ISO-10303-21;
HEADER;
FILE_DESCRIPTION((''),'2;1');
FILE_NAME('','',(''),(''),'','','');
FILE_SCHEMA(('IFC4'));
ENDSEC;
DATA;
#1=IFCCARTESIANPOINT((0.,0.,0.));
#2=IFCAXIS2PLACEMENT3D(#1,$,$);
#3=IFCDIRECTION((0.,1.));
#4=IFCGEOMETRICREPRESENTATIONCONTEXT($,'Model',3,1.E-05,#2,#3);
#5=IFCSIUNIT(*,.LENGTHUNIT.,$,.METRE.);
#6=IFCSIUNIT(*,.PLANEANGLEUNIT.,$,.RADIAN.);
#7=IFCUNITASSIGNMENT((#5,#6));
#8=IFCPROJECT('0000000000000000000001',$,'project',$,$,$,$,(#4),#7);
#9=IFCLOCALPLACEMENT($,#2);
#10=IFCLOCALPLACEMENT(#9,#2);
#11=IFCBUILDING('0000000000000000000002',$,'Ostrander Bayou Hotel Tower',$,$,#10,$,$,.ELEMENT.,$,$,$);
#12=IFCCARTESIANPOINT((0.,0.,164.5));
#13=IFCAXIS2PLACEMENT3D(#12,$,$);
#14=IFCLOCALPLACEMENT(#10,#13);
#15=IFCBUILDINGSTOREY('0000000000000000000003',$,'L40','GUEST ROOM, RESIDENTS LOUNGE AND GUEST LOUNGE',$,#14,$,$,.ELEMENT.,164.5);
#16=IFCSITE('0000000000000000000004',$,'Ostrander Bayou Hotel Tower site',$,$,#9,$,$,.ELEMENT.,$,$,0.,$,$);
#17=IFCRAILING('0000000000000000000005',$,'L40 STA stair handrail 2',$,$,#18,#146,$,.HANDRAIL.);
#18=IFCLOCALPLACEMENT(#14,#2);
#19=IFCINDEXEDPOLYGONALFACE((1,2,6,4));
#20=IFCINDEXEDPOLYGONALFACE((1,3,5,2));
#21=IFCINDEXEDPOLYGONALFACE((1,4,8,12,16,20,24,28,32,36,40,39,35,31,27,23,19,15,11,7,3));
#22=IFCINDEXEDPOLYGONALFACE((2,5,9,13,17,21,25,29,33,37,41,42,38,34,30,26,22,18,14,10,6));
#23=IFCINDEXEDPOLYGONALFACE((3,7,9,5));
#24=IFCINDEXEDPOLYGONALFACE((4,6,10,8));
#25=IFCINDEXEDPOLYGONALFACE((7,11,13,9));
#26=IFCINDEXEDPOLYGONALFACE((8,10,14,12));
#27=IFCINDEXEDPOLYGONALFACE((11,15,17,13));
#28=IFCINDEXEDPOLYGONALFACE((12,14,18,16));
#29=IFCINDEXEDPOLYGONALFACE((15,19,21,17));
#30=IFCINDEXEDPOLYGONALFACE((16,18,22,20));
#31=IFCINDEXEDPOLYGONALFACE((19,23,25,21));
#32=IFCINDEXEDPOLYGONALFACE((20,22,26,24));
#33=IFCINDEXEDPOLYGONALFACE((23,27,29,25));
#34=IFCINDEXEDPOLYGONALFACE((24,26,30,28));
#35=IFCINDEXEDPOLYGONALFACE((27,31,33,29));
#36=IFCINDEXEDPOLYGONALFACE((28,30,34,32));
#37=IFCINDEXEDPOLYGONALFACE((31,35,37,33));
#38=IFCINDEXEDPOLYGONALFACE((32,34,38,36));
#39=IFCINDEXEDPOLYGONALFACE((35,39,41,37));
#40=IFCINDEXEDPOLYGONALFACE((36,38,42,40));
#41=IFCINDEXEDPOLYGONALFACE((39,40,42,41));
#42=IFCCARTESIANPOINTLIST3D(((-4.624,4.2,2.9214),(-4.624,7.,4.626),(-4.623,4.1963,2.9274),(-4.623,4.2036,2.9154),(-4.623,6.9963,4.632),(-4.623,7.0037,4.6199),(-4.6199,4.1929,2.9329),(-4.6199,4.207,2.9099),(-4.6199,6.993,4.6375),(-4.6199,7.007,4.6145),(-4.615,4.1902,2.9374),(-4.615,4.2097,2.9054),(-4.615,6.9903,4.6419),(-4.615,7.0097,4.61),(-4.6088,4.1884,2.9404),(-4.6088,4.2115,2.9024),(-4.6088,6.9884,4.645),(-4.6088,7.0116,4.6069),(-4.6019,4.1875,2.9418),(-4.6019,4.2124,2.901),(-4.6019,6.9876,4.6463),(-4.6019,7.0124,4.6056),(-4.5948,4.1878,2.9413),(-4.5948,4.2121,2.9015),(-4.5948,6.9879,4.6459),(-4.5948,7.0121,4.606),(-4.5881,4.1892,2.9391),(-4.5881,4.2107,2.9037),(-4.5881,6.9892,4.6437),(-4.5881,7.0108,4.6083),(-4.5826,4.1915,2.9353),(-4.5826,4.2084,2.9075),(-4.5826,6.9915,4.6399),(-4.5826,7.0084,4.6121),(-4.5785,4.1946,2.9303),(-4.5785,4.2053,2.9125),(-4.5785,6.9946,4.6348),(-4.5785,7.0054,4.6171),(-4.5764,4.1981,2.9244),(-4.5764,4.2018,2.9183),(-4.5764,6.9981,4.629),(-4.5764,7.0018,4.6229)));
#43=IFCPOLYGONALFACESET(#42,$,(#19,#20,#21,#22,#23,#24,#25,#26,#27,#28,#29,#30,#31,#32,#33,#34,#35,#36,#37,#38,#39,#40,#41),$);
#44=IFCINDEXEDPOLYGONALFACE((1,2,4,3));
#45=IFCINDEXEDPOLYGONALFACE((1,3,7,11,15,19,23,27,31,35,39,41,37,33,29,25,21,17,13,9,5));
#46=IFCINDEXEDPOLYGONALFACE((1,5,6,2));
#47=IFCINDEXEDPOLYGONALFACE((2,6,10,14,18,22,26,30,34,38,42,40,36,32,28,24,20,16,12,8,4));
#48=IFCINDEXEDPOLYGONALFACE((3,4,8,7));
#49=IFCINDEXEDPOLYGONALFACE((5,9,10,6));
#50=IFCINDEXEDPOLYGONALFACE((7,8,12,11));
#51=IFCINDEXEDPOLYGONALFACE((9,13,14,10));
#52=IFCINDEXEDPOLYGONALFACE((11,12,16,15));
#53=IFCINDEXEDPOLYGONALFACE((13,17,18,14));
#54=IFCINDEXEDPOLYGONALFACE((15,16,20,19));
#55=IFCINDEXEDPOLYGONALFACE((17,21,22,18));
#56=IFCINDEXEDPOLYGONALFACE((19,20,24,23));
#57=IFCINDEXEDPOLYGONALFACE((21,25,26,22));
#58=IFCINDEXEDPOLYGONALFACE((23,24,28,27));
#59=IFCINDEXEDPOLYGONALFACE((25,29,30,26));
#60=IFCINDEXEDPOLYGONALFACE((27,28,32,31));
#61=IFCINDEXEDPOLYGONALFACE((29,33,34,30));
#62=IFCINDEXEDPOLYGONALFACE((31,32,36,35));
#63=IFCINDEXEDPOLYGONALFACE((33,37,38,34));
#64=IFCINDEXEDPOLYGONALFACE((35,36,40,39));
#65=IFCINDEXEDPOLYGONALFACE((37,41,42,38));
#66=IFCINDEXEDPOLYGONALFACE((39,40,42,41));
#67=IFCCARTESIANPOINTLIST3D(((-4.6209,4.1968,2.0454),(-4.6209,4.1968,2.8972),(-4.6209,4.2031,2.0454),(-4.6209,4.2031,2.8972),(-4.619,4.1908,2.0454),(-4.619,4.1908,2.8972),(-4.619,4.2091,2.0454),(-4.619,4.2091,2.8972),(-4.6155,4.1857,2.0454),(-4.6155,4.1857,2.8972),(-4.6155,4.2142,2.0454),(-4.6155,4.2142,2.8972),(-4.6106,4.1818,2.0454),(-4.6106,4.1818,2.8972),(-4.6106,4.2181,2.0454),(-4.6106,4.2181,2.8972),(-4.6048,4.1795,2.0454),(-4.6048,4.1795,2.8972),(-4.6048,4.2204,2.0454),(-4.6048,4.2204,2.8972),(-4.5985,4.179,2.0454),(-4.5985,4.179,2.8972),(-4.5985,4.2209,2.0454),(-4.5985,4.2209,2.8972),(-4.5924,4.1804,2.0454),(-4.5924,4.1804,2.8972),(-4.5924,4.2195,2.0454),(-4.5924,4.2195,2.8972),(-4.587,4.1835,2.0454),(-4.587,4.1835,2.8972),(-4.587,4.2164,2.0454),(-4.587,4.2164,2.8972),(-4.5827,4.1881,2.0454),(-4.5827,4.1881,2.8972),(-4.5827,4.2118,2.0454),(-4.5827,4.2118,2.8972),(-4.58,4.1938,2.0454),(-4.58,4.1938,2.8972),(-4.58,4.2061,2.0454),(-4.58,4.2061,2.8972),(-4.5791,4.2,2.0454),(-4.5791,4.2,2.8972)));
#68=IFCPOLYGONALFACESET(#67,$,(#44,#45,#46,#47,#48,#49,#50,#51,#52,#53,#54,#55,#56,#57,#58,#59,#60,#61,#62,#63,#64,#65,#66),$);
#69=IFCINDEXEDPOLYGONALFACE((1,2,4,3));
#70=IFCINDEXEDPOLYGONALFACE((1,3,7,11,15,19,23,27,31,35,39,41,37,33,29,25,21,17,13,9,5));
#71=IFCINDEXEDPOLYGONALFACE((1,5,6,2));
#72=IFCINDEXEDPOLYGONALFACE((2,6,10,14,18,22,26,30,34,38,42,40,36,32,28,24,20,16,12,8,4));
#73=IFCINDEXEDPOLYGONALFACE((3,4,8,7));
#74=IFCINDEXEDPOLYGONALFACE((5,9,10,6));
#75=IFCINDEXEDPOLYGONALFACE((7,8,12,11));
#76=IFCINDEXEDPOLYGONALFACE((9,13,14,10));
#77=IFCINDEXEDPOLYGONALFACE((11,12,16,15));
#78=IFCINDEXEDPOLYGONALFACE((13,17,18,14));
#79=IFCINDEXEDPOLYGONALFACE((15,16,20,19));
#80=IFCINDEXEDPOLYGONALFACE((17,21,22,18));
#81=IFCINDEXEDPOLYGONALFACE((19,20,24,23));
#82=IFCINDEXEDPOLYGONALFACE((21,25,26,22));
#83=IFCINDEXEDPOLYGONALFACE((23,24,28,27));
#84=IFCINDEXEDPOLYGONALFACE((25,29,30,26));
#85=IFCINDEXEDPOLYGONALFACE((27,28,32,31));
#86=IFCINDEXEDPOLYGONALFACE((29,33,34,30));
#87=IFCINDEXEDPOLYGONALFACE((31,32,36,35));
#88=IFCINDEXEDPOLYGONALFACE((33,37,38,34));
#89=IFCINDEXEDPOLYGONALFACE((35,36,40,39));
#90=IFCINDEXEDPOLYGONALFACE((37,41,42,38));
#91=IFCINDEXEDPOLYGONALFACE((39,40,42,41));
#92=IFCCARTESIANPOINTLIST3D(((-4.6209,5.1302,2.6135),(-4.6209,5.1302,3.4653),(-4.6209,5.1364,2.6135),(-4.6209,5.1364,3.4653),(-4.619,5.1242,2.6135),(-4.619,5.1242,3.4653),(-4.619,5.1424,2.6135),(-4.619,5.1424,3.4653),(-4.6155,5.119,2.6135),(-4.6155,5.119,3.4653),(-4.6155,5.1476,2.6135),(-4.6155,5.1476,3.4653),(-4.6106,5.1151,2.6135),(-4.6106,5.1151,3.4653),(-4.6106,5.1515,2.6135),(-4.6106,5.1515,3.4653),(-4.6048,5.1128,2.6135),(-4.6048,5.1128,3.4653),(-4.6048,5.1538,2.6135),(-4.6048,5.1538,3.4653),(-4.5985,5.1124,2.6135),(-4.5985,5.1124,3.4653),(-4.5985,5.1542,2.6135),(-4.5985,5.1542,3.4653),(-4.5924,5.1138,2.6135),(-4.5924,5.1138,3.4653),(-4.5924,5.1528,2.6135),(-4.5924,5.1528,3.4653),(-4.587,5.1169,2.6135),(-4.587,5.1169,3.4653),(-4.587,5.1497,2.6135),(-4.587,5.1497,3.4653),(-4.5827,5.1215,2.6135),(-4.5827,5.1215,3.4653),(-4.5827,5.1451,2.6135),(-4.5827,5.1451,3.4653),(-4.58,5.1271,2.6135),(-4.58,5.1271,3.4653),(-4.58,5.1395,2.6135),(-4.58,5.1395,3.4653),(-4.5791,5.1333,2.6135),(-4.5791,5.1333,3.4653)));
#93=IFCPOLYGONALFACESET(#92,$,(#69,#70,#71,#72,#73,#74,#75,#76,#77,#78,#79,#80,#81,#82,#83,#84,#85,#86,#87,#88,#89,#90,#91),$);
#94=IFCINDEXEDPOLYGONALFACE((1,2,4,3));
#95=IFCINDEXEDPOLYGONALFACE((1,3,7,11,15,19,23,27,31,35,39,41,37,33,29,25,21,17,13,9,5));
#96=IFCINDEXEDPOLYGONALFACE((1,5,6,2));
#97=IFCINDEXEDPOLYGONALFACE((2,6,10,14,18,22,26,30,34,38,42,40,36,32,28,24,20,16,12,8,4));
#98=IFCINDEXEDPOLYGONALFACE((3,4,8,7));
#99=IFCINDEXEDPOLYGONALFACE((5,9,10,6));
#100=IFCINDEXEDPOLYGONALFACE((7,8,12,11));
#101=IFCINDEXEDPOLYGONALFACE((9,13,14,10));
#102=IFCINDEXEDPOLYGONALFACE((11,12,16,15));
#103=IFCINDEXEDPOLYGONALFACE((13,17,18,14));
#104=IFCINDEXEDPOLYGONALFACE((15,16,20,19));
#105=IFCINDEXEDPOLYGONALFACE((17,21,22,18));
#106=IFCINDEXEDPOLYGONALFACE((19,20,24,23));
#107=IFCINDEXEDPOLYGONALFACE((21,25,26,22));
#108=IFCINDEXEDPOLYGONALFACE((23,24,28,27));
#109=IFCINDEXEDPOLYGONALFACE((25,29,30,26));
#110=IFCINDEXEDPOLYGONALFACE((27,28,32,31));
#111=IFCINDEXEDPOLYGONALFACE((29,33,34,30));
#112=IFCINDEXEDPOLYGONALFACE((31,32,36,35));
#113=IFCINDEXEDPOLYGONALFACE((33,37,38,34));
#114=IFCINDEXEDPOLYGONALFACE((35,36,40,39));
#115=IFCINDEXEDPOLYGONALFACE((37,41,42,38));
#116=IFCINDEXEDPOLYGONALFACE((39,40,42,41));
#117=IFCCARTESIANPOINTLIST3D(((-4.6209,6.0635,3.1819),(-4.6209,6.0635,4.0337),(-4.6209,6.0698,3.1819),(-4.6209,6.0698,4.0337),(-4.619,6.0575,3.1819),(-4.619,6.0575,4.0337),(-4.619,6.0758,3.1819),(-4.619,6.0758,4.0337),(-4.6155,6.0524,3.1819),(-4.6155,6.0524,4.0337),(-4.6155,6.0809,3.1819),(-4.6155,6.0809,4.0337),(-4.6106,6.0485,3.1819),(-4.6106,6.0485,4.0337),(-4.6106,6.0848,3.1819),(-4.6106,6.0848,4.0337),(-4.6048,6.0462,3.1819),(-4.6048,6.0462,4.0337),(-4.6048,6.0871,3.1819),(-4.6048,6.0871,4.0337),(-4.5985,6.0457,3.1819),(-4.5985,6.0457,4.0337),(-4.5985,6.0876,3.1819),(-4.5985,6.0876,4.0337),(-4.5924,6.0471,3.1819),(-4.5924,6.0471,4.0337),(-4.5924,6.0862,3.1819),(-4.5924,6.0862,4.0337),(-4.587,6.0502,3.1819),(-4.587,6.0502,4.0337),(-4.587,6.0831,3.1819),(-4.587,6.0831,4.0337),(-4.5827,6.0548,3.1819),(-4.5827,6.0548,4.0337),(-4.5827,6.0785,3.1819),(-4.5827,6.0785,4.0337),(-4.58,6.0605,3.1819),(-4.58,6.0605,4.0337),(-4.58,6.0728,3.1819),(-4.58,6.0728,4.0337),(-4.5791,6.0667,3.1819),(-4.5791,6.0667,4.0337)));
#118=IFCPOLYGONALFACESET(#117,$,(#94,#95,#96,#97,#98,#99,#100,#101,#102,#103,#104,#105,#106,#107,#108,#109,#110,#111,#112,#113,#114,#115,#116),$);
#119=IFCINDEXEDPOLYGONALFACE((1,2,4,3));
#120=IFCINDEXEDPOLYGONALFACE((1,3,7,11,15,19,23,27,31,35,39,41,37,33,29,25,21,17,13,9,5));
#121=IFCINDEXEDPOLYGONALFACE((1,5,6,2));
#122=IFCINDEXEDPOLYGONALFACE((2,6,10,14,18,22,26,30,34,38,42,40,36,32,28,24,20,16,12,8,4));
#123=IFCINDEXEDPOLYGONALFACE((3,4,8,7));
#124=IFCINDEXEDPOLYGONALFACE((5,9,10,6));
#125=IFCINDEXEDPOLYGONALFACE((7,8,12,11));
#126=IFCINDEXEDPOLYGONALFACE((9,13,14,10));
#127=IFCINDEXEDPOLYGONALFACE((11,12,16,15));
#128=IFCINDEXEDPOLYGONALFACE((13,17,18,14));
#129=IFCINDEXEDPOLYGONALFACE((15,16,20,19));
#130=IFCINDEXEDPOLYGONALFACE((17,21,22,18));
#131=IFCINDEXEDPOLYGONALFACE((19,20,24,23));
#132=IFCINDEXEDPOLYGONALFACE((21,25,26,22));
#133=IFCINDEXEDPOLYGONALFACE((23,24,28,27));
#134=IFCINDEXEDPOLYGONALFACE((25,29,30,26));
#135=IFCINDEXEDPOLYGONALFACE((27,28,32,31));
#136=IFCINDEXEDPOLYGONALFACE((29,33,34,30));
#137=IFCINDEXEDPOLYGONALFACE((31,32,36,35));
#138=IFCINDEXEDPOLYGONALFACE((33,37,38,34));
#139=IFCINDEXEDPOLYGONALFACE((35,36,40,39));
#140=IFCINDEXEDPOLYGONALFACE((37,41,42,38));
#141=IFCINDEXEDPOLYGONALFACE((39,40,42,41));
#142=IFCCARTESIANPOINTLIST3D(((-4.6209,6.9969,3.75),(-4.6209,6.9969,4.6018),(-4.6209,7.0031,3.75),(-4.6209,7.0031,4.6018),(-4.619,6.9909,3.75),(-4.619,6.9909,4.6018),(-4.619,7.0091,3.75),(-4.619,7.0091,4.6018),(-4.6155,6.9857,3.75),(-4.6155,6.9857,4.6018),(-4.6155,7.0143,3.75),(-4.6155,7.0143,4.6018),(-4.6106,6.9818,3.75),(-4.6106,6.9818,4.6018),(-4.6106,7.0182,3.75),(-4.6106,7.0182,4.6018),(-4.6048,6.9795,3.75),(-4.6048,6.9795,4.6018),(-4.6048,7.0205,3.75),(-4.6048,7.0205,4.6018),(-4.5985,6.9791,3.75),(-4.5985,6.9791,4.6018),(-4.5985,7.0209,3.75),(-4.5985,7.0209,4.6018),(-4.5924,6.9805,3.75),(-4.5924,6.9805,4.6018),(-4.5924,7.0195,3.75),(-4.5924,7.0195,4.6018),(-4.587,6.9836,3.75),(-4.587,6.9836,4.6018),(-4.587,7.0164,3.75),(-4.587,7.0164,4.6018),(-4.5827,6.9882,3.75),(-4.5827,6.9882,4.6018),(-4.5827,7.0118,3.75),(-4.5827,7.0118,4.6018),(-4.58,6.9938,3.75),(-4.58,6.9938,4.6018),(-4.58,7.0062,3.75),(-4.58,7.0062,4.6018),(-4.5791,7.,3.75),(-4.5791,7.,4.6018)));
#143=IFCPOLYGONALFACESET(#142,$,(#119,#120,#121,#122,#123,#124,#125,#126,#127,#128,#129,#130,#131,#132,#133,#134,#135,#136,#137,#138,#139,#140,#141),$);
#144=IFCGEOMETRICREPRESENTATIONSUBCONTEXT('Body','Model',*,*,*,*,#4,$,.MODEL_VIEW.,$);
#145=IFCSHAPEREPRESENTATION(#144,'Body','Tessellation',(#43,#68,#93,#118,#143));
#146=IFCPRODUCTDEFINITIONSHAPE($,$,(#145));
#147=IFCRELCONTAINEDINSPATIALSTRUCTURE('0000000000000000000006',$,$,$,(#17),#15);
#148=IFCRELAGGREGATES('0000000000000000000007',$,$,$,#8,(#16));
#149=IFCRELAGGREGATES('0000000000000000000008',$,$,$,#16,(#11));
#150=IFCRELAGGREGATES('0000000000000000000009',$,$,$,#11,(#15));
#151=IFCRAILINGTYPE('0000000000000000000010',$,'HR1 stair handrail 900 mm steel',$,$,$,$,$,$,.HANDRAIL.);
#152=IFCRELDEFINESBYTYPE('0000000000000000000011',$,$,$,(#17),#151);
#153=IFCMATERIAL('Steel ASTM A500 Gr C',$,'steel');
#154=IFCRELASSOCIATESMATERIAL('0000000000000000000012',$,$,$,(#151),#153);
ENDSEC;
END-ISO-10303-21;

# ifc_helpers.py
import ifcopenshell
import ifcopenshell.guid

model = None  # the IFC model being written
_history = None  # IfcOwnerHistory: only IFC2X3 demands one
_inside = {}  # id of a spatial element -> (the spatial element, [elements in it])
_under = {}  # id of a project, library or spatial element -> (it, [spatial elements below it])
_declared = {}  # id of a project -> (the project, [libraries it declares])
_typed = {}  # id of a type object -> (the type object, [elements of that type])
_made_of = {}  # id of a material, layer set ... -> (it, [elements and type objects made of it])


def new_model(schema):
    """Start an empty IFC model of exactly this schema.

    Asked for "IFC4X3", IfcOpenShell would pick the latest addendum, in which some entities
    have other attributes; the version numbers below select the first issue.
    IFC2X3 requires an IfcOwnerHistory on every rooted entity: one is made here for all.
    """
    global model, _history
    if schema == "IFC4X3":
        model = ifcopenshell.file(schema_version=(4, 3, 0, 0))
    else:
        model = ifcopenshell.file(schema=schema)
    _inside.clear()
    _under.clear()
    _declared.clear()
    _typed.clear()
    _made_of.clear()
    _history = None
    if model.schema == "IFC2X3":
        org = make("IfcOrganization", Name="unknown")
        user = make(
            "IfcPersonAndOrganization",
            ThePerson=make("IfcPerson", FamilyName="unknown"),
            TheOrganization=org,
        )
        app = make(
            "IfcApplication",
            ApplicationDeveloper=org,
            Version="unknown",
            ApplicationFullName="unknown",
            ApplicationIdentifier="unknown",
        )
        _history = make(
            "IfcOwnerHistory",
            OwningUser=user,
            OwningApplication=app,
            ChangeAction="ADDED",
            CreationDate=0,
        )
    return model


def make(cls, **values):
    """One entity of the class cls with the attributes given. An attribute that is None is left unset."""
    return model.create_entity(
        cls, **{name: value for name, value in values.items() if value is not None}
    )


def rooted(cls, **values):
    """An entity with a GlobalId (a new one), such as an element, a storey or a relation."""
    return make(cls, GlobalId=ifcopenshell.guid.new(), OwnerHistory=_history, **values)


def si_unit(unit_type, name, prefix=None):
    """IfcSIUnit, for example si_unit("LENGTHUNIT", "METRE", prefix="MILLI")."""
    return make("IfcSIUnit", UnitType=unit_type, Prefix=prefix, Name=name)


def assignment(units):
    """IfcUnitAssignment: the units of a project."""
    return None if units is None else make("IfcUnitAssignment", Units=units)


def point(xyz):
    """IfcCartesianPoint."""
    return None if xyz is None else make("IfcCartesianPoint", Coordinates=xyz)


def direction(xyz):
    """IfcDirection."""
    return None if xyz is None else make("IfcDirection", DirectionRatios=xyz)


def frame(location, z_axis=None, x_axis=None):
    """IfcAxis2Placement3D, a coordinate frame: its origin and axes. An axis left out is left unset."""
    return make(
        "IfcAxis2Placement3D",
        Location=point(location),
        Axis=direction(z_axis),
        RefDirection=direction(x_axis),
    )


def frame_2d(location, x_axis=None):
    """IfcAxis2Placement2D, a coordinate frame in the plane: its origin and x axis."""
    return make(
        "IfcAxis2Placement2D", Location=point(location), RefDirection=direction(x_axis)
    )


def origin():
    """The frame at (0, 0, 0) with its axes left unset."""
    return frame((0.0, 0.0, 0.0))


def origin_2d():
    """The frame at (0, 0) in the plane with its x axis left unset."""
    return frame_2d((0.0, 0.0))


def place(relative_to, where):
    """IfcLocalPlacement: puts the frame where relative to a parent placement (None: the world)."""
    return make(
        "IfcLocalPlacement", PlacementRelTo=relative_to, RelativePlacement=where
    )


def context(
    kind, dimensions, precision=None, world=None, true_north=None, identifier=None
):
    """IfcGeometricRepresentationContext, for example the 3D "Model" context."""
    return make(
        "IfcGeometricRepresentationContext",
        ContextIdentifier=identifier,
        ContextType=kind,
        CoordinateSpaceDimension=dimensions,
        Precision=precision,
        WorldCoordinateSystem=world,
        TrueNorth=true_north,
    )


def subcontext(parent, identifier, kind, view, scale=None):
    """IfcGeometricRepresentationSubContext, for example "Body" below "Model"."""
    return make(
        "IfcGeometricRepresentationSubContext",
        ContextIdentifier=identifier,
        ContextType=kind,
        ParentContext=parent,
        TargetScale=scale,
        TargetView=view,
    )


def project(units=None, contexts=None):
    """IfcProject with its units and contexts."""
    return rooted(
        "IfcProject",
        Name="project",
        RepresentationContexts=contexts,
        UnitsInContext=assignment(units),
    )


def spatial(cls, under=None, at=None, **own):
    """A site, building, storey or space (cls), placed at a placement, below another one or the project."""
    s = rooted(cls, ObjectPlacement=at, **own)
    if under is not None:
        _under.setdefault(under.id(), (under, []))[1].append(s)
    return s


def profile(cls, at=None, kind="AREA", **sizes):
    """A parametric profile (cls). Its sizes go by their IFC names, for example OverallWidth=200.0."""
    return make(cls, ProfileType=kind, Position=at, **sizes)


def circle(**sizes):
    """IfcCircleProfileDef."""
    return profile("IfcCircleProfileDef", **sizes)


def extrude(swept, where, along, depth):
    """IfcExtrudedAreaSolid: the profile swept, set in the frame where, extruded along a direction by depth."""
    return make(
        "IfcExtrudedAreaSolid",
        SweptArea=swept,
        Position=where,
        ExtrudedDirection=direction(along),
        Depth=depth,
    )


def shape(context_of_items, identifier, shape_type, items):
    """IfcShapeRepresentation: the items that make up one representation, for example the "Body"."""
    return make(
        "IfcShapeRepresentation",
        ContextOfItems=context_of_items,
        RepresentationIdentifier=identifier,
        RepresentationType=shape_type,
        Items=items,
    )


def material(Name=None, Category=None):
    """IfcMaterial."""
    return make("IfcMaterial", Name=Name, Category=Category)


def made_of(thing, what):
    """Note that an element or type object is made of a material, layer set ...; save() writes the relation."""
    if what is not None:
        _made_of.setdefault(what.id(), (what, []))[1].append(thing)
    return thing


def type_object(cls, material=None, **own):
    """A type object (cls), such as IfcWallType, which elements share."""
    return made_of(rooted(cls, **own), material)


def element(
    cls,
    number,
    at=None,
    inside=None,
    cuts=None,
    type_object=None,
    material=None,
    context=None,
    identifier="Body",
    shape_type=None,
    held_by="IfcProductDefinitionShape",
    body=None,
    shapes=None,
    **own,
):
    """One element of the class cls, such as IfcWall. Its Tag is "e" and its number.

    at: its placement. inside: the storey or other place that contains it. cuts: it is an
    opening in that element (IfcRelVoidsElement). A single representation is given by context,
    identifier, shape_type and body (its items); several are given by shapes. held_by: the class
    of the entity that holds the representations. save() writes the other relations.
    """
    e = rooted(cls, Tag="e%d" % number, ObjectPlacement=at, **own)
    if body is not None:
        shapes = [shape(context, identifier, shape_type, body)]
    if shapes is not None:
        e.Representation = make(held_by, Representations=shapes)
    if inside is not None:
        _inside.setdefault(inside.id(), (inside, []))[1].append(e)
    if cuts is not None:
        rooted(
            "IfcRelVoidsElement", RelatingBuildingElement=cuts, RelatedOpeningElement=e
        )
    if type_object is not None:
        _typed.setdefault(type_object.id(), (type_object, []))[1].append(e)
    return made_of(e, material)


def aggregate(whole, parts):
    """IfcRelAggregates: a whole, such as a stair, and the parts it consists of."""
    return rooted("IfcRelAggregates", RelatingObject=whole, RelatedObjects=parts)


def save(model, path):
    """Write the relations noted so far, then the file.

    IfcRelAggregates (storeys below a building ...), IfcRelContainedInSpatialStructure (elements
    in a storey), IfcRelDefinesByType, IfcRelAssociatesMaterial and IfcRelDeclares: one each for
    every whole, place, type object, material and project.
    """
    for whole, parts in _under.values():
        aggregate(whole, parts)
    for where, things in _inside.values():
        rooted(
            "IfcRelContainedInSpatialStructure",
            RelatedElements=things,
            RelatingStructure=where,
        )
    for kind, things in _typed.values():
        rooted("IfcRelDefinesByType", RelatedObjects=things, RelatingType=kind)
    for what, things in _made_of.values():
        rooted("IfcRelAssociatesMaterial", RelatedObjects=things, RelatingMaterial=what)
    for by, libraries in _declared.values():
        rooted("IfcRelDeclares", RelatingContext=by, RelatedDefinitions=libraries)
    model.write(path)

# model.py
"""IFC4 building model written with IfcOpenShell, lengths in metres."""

from ifc_helpers import new_model, si_unit, direction, frame, origin, origin_2d, place, context, subcontext, project, spatial, circle, extrude, material, type_object, element, save


model = new_model("IFC4")

# Units and contexts
model_context = context("Model", 3, precision=1e-05, world=origin(), true_north=direction((0.0, 1.0)))
body_context = subcontext(model_context, "Body", "Model", "MODEL_VIEW")
ifc_project = project(units=[si_unit("LENGTHUNIT", "METRE"), si_unit("PLANEANGLEUNIT", "RADIAN")], contexts=[model_context])

# Site, building, storey
site_placement = place(None, origin())
site = spatial("IfcSite", under=ifc_project, at=site_placement, Name="Ostrander Bayou Hotel Tower site", CompositionType="ELEMENT", RefElevation=0.0)
building_placement = place(site_placement, origin())
building = spatial("IfcBuilding", under=site, at=building_placement, Name="Ostrander Bayou Hotel Tower", CompositionType="ELEMENT")
storey_placement = place(building_placement, frame((0.0, 0.0, 164.5)))
storey = spatial("IfcBuildingStorey", under=building, at=storey_placement, Name="L40", Description="GUEST ROOM, RESIDENTS LOUNGE AND GUEST LOUNGE", CompositionType="ELEMENT", Elevation=164.5)

# Railing
ifc_material_1 = material(Name="Steel ASTM A500 Gr C", Category="steel")
railing_type_1 = type_object("IfcRailingType", Name="HR1 stair handrail 900 mm steel", PredefinedType="HANDRAIL", material=ifc_material_1)
railing_1_placement = place(storey_placement, frame((-4.6001, 4.2, 2.0454)))
element("IfcRailing", 1, at=railing_1_placement, inside=storey, type_object=railing_type_1, Name="L40 STA stair handrail 2", PredefinedType="HANDRAIL", context=body_context, shape_type="SweptSolid", body=[
    extrude(circle(Radius=0.0239, at=origin_2d()), frame((0.0, 0.0, 0.876), z_axis=(0.0, 0.85417, 0.519994), x_axis=(-1.0, 0.0, 0.0)), (0.0, 0.0, 1.0), 3.2781),
    extrude(circle(Radius=0.021, at=origin_2d()), origin(), (0.0, 0.0, 1.0), 0.8518),
    extrude(circle(Radius=0.021, at=origin_2d()), frame((0.0, 0.9333, 0.5681)), (0.0, 0.0, 1.0), 0.8518),
    extrude(circle(Radius=0.021, at=origin_2d()), frame((0.0, 1.8667, 1.1365)), (0.0, 0.0, 1.0), 0.8518),
    extrude(circle(Radius=0.021, at=origin_2d()), frame((0.0, 2.8, 1.7046)), (0.0, 0.0, 1.0), 0.8518),
])

save(model, "model.ifc")
